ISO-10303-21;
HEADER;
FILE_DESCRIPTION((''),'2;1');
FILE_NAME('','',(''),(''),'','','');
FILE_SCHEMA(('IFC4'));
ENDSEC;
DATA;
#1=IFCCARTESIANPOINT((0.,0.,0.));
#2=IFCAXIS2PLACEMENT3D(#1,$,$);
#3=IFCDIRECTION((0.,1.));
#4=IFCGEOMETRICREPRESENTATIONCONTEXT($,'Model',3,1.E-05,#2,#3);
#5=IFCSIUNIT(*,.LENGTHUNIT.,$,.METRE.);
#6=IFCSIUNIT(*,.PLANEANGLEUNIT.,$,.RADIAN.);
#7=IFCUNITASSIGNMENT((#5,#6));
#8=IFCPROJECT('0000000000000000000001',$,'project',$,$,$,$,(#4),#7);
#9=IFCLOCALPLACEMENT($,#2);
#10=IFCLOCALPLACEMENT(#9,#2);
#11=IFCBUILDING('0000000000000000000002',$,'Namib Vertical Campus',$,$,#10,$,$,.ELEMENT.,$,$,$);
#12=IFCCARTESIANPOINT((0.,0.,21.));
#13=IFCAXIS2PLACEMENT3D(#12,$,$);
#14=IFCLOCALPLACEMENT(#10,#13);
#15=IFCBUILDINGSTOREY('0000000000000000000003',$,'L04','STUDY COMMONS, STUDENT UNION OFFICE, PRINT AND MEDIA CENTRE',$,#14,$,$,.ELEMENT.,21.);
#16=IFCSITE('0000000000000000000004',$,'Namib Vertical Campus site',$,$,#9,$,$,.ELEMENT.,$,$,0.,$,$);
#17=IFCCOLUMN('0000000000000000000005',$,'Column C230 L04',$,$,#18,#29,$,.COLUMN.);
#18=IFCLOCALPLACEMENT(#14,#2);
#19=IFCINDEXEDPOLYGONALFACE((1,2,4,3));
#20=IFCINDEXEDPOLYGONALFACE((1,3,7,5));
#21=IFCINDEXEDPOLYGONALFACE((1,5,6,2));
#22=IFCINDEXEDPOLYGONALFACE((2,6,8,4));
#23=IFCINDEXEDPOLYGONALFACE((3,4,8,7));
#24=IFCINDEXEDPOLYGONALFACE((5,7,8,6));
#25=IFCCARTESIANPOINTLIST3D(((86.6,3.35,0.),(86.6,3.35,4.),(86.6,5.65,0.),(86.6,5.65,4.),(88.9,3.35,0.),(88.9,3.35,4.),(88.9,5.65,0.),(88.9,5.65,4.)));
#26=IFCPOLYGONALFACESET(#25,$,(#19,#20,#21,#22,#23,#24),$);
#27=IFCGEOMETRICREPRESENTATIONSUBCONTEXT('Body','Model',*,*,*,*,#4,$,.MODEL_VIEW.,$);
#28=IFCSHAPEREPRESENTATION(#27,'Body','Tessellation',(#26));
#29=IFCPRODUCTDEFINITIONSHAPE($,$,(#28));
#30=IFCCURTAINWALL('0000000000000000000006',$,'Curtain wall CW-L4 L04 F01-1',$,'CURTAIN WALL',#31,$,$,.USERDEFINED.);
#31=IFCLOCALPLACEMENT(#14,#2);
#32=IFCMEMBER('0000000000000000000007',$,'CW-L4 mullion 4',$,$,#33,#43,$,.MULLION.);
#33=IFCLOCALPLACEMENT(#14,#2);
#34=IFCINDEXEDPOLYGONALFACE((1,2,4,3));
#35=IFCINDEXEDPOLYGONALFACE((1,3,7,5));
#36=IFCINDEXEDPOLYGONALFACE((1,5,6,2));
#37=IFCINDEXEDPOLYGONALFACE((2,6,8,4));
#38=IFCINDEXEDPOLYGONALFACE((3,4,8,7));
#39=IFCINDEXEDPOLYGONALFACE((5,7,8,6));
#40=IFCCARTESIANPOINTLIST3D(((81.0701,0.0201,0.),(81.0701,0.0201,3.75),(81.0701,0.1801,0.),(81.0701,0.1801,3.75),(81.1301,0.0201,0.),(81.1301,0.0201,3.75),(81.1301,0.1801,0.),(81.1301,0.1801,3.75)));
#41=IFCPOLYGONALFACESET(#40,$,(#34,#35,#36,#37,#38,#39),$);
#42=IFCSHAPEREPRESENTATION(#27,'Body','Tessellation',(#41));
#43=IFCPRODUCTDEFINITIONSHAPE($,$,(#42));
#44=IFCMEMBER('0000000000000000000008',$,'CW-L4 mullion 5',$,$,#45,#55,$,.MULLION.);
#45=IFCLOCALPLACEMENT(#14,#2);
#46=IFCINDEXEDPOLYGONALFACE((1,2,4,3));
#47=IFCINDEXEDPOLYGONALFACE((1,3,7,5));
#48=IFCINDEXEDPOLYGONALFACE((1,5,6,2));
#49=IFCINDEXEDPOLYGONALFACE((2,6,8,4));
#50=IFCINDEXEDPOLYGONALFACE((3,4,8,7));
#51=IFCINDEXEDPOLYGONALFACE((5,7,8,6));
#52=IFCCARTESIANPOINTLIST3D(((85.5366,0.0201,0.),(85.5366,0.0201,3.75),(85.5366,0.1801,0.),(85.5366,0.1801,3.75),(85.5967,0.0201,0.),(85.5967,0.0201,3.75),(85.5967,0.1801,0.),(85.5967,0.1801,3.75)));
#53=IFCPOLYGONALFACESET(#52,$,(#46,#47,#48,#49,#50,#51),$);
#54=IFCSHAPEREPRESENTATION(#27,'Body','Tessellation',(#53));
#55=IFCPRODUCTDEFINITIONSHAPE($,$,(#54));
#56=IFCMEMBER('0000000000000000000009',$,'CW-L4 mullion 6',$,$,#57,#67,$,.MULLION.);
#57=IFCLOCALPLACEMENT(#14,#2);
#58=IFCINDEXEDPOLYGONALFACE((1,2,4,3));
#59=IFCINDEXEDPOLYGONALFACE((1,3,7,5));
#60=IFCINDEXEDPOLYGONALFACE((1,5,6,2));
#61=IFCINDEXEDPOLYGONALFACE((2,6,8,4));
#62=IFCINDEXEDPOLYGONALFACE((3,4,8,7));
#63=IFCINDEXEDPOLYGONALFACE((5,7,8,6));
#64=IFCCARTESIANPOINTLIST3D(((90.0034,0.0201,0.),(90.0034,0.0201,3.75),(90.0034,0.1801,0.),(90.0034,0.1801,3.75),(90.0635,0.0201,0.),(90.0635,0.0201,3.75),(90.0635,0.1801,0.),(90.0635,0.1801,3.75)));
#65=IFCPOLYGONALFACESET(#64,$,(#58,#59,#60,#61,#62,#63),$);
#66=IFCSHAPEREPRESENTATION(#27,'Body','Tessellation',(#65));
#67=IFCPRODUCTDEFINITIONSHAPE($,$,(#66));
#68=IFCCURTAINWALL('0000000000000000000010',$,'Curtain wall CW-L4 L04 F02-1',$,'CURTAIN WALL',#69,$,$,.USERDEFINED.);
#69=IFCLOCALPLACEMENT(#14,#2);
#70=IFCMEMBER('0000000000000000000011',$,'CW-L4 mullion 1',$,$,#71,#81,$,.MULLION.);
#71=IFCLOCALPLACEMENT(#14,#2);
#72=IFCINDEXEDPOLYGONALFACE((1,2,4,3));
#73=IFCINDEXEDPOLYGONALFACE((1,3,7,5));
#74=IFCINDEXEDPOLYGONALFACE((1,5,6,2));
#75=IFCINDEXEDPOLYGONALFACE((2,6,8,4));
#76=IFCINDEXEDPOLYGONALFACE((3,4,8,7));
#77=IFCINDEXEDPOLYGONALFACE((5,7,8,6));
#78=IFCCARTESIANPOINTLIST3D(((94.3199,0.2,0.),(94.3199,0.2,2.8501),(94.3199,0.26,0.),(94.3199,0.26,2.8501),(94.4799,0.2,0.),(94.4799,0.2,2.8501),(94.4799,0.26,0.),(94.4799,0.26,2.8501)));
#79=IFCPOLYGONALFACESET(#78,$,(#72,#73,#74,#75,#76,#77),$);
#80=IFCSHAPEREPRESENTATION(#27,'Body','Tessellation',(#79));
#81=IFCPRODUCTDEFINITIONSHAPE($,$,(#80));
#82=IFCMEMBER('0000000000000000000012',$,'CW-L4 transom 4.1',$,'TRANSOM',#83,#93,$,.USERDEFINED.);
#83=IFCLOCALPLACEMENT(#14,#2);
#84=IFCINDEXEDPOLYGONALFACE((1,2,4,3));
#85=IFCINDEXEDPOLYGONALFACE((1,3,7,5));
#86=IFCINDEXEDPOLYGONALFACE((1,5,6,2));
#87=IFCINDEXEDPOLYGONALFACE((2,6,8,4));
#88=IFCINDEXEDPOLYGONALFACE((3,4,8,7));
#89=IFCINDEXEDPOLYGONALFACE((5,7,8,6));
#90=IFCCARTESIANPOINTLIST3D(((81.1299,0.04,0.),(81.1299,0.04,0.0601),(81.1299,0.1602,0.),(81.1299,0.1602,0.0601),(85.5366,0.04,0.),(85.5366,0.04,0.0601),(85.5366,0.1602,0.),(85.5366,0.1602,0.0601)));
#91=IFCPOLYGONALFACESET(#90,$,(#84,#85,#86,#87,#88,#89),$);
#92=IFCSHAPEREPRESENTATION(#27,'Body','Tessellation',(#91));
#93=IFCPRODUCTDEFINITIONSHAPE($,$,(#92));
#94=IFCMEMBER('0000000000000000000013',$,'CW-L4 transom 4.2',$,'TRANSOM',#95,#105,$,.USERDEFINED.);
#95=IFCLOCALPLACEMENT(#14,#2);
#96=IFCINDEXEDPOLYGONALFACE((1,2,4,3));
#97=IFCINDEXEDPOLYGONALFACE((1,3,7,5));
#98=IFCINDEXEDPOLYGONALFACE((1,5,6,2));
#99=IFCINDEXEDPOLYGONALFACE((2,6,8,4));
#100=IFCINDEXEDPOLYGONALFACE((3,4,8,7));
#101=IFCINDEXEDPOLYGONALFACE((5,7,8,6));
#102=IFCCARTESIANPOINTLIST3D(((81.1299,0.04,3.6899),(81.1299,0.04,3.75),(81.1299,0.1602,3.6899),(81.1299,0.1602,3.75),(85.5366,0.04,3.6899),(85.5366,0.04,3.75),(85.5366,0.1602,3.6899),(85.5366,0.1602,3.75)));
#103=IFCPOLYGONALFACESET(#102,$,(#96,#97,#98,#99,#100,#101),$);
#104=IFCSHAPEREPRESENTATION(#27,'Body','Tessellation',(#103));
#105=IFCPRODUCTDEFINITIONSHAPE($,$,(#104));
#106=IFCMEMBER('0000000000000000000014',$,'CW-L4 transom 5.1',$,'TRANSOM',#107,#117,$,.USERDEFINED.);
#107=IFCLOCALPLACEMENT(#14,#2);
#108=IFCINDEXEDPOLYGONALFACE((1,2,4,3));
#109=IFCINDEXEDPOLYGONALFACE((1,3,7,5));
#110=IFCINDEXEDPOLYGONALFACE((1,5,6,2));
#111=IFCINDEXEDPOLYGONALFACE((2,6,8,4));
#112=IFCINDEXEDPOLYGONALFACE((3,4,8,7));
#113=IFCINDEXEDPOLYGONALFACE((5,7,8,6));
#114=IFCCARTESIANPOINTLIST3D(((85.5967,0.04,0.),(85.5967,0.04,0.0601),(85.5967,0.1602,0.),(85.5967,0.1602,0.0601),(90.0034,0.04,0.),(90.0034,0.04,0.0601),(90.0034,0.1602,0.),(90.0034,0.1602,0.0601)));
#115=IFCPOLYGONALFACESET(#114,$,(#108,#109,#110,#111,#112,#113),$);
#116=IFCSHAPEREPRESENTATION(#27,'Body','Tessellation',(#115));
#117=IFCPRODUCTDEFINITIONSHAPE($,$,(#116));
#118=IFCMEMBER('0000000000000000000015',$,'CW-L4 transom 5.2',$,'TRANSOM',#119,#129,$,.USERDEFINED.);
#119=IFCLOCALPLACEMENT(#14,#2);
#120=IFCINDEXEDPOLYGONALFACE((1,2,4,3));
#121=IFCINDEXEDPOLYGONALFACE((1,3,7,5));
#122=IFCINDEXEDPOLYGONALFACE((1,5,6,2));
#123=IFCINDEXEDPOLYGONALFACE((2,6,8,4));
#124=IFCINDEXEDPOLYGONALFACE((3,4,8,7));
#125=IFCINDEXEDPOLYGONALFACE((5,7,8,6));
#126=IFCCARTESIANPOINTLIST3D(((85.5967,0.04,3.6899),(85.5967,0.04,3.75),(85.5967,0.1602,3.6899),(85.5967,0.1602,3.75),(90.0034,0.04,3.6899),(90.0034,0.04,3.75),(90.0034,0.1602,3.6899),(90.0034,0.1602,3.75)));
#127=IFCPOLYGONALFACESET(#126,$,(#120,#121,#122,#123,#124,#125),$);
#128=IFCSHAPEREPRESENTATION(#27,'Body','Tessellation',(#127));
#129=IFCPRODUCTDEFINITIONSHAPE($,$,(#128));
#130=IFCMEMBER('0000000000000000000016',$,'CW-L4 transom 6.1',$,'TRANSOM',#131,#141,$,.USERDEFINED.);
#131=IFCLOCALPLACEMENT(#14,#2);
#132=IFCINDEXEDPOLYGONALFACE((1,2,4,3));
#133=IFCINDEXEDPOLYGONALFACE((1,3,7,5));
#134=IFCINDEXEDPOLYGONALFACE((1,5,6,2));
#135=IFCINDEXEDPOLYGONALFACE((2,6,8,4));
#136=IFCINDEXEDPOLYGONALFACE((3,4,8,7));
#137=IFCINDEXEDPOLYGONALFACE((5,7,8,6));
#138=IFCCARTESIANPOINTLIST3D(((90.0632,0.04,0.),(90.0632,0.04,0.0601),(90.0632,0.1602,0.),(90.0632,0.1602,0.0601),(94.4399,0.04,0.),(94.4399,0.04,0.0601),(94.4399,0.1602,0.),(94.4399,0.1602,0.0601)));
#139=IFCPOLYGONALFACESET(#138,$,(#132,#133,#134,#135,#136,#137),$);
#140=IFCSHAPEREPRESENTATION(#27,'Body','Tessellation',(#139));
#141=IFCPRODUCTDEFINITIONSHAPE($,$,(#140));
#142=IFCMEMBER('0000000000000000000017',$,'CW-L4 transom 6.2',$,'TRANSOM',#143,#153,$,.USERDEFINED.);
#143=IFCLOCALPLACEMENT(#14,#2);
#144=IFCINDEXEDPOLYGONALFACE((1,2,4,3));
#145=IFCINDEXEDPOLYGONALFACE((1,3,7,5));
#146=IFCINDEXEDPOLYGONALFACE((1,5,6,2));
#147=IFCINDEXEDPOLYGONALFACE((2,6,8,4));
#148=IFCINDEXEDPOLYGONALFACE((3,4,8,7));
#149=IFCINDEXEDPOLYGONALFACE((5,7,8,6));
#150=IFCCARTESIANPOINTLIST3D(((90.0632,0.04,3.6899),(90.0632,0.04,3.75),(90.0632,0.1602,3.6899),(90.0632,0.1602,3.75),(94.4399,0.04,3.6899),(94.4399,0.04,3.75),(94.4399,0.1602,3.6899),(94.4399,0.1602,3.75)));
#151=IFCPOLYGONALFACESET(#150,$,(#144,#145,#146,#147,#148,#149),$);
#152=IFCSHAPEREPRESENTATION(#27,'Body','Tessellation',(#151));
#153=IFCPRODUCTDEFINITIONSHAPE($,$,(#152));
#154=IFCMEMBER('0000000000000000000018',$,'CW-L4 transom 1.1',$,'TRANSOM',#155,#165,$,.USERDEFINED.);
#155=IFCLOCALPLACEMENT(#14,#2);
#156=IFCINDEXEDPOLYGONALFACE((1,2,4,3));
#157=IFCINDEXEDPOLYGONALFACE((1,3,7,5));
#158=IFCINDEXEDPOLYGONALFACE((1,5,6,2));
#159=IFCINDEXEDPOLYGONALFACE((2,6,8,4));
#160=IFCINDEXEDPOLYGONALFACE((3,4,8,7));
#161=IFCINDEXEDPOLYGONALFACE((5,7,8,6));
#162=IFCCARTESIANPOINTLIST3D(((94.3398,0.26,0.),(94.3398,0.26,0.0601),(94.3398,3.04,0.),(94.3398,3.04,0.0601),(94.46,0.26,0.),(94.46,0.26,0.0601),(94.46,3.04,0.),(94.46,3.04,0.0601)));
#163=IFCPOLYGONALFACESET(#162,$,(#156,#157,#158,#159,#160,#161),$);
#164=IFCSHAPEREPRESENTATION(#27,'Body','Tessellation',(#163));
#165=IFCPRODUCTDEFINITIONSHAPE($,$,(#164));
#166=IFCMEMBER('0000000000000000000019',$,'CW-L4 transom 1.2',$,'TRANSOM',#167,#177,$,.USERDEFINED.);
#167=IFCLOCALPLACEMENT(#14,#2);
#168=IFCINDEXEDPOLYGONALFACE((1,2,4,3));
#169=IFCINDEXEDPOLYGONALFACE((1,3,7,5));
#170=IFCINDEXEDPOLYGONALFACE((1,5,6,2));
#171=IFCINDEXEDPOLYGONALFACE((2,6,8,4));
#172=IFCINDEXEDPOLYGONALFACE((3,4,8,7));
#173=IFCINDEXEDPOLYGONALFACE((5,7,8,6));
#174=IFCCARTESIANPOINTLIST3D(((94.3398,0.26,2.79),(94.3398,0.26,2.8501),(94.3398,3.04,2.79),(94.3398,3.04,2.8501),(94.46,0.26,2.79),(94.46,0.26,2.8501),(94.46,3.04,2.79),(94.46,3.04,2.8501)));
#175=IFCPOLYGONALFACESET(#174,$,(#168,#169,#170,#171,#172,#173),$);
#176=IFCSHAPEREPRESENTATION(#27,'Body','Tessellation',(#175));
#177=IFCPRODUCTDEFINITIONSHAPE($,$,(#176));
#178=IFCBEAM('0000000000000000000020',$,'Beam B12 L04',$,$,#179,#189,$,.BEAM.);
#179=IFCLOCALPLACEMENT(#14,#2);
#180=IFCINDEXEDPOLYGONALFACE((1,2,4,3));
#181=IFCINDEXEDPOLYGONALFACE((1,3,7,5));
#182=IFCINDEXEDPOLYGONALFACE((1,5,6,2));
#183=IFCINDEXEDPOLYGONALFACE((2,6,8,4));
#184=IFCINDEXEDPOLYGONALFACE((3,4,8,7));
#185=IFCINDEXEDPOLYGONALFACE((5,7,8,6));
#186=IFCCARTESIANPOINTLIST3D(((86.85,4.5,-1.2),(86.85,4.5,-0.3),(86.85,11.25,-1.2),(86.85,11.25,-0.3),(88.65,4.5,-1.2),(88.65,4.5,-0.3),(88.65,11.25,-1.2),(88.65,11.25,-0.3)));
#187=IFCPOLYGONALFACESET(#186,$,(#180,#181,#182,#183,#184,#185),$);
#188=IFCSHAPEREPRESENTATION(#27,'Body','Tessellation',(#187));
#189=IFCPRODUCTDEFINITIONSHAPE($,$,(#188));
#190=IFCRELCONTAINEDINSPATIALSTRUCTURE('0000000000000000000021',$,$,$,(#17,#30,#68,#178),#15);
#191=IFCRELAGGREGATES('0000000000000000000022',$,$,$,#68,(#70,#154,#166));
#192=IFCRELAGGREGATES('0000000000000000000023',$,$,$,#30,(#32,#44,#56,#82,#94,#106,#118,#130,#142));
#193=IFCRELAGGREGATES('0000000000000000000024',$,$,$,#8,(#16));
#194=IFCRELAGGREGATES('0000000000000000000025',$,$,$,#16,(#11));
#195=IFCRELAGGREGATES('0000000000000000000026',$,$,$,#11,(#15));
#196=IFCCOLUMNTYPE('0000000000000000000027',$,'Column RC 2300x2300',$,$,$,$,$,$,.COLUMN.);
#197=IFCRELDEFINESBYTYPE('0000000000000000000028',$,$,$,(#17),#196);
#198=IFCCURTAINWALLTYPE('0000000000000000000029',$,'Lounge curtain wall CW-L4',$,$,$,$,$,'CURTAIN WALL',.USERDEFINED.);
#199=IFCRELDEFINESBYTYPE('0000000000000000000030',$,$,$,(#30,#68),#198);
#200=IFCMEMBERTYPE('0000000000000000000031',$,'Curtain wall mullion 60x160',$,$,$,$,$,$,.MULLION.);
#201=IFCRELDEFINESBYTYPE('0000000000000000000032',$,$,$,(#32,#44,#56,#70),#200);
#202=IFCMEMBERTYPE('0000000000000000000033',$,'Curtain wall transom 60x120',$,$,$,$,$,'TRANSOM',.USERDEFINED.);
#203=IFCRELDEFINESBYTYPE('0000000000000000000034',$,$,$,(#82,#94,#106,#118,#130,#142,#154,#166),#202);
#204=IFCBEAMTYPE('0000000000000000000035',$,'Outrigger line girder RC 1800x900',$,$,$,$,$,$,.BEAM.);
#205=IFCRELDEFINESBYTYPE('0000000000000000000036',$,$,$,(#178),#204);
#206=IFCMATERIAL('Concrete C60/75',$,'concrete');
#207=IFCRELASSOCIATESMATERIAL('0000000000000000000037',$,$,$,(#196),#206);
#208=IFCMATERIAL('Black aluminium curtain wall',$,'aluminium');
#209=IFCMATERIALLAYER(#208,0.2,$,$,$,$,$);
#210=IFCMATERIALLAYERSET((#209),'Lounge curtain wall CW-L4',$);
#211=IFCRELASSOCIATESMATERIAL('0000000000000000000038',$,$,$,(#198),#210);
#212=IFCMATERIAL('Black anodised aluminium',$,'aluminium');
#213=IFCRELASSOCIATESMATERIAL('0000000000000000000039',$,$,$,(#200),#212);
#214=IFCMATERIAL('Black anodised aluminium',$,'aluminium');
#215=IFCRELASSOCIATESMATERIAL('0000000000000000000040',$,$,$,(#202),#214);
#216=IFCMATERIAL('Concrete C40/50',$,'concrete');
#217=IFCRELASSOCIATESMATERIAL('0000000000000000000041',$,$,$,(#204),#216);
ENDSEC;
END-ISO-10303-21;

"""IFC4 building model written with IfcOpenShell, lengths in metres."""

from ifc_helpers import new_model, si_unit, direction, frame, origin, origin_2d, place, context, subcontext, project, spatial, rectangle, extrude, material, layer, layer_set, material_profile, profile_set, type_object, element, aggregate, save


model = new_model("IFC4")

# Units and contexts
model_context = context("Model", 3, precision=1e-05, world=origin(), true_north=direction((0.0, 1.0)))
body_context = subcontext(model_context, "Body", "Model", "MODEL_VIEW")
ifc_project = project(units=[si_unit("LENGTHUNIT", "METRE"), si_unit("PLANEANGLEUNIT", "RADIAN")], contexts=[model_context])

# Site, building, storey
site_placement = place(None, origin())
site = spatial("IfcSite", under=ifc_project, at=site_placement, Name="Namib Vertical Campus site", CompositionType="ELEMENT", RefElevation=0.0)
building_placement = place(site_placement, origin())
building = spatial("IfcBuilding", under=site, at=building_placement, Name="Namib Vertical Campus", CompositionType="ELEMENT")
storey_placement = place(building_placement, frame((0.0, 0.0, 21.0)))
storey = spatial("IfcBuildingStorey", under=building, at=storey_placement, Name="L04", Description="STUDY COMMONS, STUDENT UNION OFFICE, PRINT AND MEDIA CENTRE", CompositionType="ELEMENT", Elevation=21.0)

# Column
ifc_material_1 = material(Name="Concrete C60/75", Category="concrete")
ifc_material_profile_1 = material_profile(ifc_material_1, rectangle(XDim=2.3, YDim=2.3, at=origin_2d()))
ifc_profile_set_1 = profile_set([ifc_material_profile_1], Name="Concrete C60/75")
column_type = type_object("IfcColumnType", Name="Column RC 2300x2300", PredefinedType="COLUMN", material=ifc_profile_set_1)
column_placement = place(storey_placement, frame((87.75, 4.5, 0.0), z_axis=(0.0, 0.0, 1.0), x_axis=(1.0, 0.0, 0.0)))
element("IfcColumn", 1, at=column_placement, inside=storey, type_object=column_type, Name="Column C230 L04", PredefinedType="COLUMN", context=body_context, shape_type="SweptSolid", body=[
    extrude(rectangle(XDim=2.3, YDim=2.3, at=origin_2d()), origin(), (0.0, 0.0, 1.0), 4.0),
])

# Curtain wall, members
ifc_material_2 = material(Name="Black aluminium curtain wall", Category="aluminium")
ifc_layer_1 = layer(ifc_material_2, 0.2)
ifc_layer_set_1 = layer_set([ifc_layer_1], Name="Lounge curtain wall CW-L4")
curtain_wall_type = type_object("IfcCurtainWallType", Name="Lounge curtain wall CW-L4", ElementType="CURTAIN WALL", PredefinedType="USERDEFINED", material=ifc_layer_set_1)
curtain_wall_1_placement = place(storey_placement, origin())
curtain_wall_1 = element("IfcCurtainWall", 2, at=curtain_wall_1_placement, inside=storey, type_object=curtain_wall_type, Name="Curtain wall CW-L4 L04 F01-1", ObjectType="CURTAIN WALL", PredefinedType="USERDEFINED")
ifc_material_3 = material(Name="Black anodised aluminium", Category="aluminium")
ifc_material_profile_2 = material_profile(ifc_material_3, rectangle(XDim=0.0601, YDim=0.1599, at=origin_2d()))
ifc_profile_set_2 = profile_set([ifc_material_profile_2], Name="Black anodised aluminium")
member_type_1 = type_object("IfcMemberType", Name="Curtain wall mullion 60x160", PredefinedType="MULLION", material=ifc_profile_set_2)
member_1_placement = place(storey_placement, frame((81.1001, 0.1001, 0.0), z_axis=(0.0, 0.0, 1.0), x_axis=(1.0, 0.0, 0.0)))
member_1 = element("IfcMember", 3, at=member_1_placement, type_object=member_type_1, Name="CW-L4 mullion 4", PredefinedType="MULLION", context=body_context, shape_type="SweptSolid", body=[
    extrude(rectangle(XDim=0.0601, YDim=0.1599, at=origin_2d()), origin(), (0.0, 0.0, 1.0), 3.75),
])
member_2_placement = place(storey_placement, frame((85.5667, 0.1001, 0.0), z_axis=(0.0, 0.0, 1.0), x_axis=(1.0, 0.0, 0.0)))
member_2 = element("IfcMember", 4, at=member_2_placement, type_object=member_type_1, Name="CW-L4 mullion 5", PredefinedType="MULLION", context=body_context, shape_type="SweptSolid", body=[
    extrude(rectangle(XDim=0.0601, YDim=0.1599, at=origin_2d()), origin(), (0.0, 0.0, 1.0), 3.75),
])
member_3_placement = place(storey_placement, frame((90.0334, 0.1001, 0.0), z_axis=(0.0, 0.0, 1.0), x_axis=(1.0, 0.0, 0.0)))
member_3 = element("IfcMember", 5, at=member_3_placement, type_object=member_type_1, Name="CW-L4 mullion 6", PredefinedType="MULLION", context=body_context, shape_type="SweptSolid", body=[
    extrude(rectangle(XDim=0.0601, YDim=0.1599, at=origin_2d()), origin(), (0.0, 0.0, 1.0), 3.75),
])

# Curtain wall, member
curtain_wall_2_placement = place(storey_placement, origin())
curtain_wall_2 = element("IfcCurtainWall", 6, at=curtain_wall_2_placement, inside=storey, type_object=curtain_wall_type, Name="Curtain wall CW-L4 L04 F02-1", ObjectType="CURTAIN WALL", PredefinedType="USERDEFINED")
member_4_placement = place(storey_placement, frame((94.3999, 0.23, 0.0), z_axis=(0.0, 0.0, 1.0), x_axis=(0.0, 1.0, 0.0)))
member_4 = element("IfcMember", 7, at=member_4_placement, type_object=member_type_1, Name="CW-L4 mullion 1", PredefinedType="MULLION", context=body_context, shape_type="SweptSolid", body=[
    extrude(rectangle(XDim=0.0601, YDim=0.1599, at=origin_2d()), origin(), (0.0, 0.0, 1.0), 2.8501),
])

# Members
ifc_material_4 = material(Name="Black anodised aluminium", Category="aluminium")
ifc_material_profile_3 = material_profile(ifc_material_4, rectangle(XDim=0.0601, YDim=0.1201, at=origin_2d()))
ifc_profile_set_3 = profile_set([ifc_material_profile_3], Name="Black anodised aluminium")
member_type_2 = type_object("IfcMemberType", Name="Curtain wall transom 60x120", ElementType="TRANSOM", PredefinedType="USERDEFINED", material=ifc_profile_set_3)
member_5_placement = place(storey_placement, frame((81.1299, 0.1001, 0.03), z_axis=(1.0, 0.0, 0.0), x_axis=(0.0, 0.0, 1.0)))
member_5 = element("IfcMember", 8, at=member_5_placement, type_object=member_type_2, Name="CW-L4 transom 4.1", ObjectType="TRANSOM", PredefinedType="USERDEFINED", context=body_context, shape_type="SweptSolid", body=[
    extrude(rectangle(XDim=0.0601, YDim=0.1201, at=origin_2d()), origin(), (0.0, 0.0, 1.0), 4.4067),
])
member_6_placement = place(storey_placement, frame((81.1299, 0.1001, 3.72), z_axis=(1.0, 0.0, 0.0), x_axis=(0.0, 0.0, 1.0)))
member_6 = element("IfcMember", 9, at=member_6_placement, type_object=member_type_2, Name="CW-L4 transom 4.2", ObjectType="TRANSOM", PredefinedType="USERDEFINED", context=body_context, shape_type="SweptSolid", body=[
    extrude(rectangle(XDim=0.0601, YDim=0.1201, at=origin_2d()), origin(), (0.0, 0.0, 1.0), 4.4067),
])
member_7_placement = place(storey_placement, frame((85.5967, 0.1001, 0.03), z_axis=(1.0, 0.0, 0.0), x_axis=(0.0, 0.0, 1.0)))
member_7 = element("IfcMember", 10, at=member_7_placement, type_object=member_type_2, Name="CW-L4 transom 5.1", ObjectType="TRANSOM", PredefinedType="USERDEFINED", context=body_context, shape_type="SweptSolid", body=[
    extrude(rectangle(XDim=0.0601, YDim=0.1201, at=origin_2d()), origin(), (0.0, 0.0, 1.0), 4.4067),
])
member_8_placement = place(storey_placement, frame((85.5967, 0.1001, 3.72), z_axis=(1.0, 0.0, 0.0), x_axis=(0.0, 0.0, 1.0)))
member_8 = element("IfcMember", 11, at=member_8_placement, type_object=member_type_2, Name="CW-L4 transom 5.2", ObjectType="TRANSOM", PredefinedType="USERDEFINED", context=body_context, shape_type="SweptSolid", body=[
    extrude(rectangle(XDim=0.0601, YDim=0.1201, at=origin_2d()), origin(), (0.0, 0.0, 1.0), 4.4067),
])
member_9_placement = place(storey_placement, frame((90.0632, 0.1001, 0.03), z_axis=(1.0, 0.0, 0.0), x_axis=(0.0, 0.0, 1.0)))
member_9 = element("IfcMember", 12, at=member_9_placement, type_object=member_type_2, Name="CW-L4 transom 6.1", ObjectType="TRANSOM", PredefinedType="USERDEFINED", context=body_context, shape_type="SweptSolid", body=[
    extrude(rectangle(XDim=0.0601, YDim=0.1201, at=origin_2d()), origin(), (0.0, 0.0, 1.0), 4.3767),
])
member_10_placement = place(storey_placement, frame((90.0632, 0.1001, 3.72), z_axis=(1.0, 0.0, 0.0), x_axis=(0.0, 0.0, 1.0)))
member_10 = element("IfcMember", 13, at=member_10_placement, type_object=member_type_2, Name="CW-L4 transom 6.2", ObjectType="TRANSOM", PredefinedType="USERDEFINED", context=body_context, shape_type="SweptSolid", body=[
    extrude(rectangle(XDim=0.0601, YDim=0.1201, at=origin_2d()), origin(), (0.0, 0.0, 1.0), 4.3767),
])
member_11_placement = place(storey_placement, frame((94.3999, 0.26, 0.03), z_axis=(0.0, 1.0, 0.0), x_axis=(0.0, 0.0, 1.0)))
member_11 = element("IfcMember", 14, at=member_11_placement, type_object=member_type_2, Name="CW-L4 transom 1.1", ObjectType="TRANSOM", PredefinedType="USERDEFINED", context=body_context, shape_type="SweptSolid", body=[
    extrude(rectangle(XDim=0.0601, YDim=0.1201, at=origin_2d()), origin(), (0.0, 0.0, 1.0), 2.78),
])
member_12_placement = place(storey_placement, frame((94.3999, 0.26, 2.8201), z_axis=(0.0, 1.0, 0.0), x_axis=(0.0, 0.0, 1.0)))
member_12 = element("IfcMember", 15, at=member_12_placement, type_object=member_type_2, Name="CW-L4 transom 1.2", ObjectType="TRANSOM", PredefinedType="USERDEFINED", context=body_context, shape_type="SweptSolid", body=[
    extrude(rectangle(XDim=0.0601, YDim=0.1201, at=origin_2d()), origin(), (0.0, 0.0, 1.0), 2.78),
])
aggregate(curtain_wall_2, [member_4, member_11, member_12])

# Beam
ifc_material_5 = material(Name="Concrete C40/50", Category="concrete")
ifc_material_profile_4 = material_profile(ifc_material_5, rectangle(XDim=1.8, YDim=0.8999, at=origin_2d()))
ifc_profile_set_4 = profile_set([ifc_material_profile_4], Name="Concrete C40/50")
beam_type_1 = type_object("IfcBeamType", Name="Outrigger line girder RC 1800x900", PredefinedType="BEAM", material=ifc_profile_set_4)
beam_1_placement = place(storey_placement, frame((87.75, 4.5, -0.75), z_axis=(0.0, 1.0, 0.0), x_axis=(-1.0, 0.0, 0.0)))
element("IfcBeam", 16, at=beam_1_placement, inside=storey, type_object=beam_type_1, Name="Beam B12 L04", PredefinedType="BEAM", context=body_context, shape_type="SweptSolid", body=[
    extrude(rectangle(XDim=1.8, YDim=0.8999, at=origin_2d()), origin(), (0.0, 0.0, 1.0), 6.75),
])

aggregate(curtain_wall_1, [member_1, member_2, member_3, member_5, member_6, member_7, member_8, member_9, member_10])

save(model, "model.ifc")
